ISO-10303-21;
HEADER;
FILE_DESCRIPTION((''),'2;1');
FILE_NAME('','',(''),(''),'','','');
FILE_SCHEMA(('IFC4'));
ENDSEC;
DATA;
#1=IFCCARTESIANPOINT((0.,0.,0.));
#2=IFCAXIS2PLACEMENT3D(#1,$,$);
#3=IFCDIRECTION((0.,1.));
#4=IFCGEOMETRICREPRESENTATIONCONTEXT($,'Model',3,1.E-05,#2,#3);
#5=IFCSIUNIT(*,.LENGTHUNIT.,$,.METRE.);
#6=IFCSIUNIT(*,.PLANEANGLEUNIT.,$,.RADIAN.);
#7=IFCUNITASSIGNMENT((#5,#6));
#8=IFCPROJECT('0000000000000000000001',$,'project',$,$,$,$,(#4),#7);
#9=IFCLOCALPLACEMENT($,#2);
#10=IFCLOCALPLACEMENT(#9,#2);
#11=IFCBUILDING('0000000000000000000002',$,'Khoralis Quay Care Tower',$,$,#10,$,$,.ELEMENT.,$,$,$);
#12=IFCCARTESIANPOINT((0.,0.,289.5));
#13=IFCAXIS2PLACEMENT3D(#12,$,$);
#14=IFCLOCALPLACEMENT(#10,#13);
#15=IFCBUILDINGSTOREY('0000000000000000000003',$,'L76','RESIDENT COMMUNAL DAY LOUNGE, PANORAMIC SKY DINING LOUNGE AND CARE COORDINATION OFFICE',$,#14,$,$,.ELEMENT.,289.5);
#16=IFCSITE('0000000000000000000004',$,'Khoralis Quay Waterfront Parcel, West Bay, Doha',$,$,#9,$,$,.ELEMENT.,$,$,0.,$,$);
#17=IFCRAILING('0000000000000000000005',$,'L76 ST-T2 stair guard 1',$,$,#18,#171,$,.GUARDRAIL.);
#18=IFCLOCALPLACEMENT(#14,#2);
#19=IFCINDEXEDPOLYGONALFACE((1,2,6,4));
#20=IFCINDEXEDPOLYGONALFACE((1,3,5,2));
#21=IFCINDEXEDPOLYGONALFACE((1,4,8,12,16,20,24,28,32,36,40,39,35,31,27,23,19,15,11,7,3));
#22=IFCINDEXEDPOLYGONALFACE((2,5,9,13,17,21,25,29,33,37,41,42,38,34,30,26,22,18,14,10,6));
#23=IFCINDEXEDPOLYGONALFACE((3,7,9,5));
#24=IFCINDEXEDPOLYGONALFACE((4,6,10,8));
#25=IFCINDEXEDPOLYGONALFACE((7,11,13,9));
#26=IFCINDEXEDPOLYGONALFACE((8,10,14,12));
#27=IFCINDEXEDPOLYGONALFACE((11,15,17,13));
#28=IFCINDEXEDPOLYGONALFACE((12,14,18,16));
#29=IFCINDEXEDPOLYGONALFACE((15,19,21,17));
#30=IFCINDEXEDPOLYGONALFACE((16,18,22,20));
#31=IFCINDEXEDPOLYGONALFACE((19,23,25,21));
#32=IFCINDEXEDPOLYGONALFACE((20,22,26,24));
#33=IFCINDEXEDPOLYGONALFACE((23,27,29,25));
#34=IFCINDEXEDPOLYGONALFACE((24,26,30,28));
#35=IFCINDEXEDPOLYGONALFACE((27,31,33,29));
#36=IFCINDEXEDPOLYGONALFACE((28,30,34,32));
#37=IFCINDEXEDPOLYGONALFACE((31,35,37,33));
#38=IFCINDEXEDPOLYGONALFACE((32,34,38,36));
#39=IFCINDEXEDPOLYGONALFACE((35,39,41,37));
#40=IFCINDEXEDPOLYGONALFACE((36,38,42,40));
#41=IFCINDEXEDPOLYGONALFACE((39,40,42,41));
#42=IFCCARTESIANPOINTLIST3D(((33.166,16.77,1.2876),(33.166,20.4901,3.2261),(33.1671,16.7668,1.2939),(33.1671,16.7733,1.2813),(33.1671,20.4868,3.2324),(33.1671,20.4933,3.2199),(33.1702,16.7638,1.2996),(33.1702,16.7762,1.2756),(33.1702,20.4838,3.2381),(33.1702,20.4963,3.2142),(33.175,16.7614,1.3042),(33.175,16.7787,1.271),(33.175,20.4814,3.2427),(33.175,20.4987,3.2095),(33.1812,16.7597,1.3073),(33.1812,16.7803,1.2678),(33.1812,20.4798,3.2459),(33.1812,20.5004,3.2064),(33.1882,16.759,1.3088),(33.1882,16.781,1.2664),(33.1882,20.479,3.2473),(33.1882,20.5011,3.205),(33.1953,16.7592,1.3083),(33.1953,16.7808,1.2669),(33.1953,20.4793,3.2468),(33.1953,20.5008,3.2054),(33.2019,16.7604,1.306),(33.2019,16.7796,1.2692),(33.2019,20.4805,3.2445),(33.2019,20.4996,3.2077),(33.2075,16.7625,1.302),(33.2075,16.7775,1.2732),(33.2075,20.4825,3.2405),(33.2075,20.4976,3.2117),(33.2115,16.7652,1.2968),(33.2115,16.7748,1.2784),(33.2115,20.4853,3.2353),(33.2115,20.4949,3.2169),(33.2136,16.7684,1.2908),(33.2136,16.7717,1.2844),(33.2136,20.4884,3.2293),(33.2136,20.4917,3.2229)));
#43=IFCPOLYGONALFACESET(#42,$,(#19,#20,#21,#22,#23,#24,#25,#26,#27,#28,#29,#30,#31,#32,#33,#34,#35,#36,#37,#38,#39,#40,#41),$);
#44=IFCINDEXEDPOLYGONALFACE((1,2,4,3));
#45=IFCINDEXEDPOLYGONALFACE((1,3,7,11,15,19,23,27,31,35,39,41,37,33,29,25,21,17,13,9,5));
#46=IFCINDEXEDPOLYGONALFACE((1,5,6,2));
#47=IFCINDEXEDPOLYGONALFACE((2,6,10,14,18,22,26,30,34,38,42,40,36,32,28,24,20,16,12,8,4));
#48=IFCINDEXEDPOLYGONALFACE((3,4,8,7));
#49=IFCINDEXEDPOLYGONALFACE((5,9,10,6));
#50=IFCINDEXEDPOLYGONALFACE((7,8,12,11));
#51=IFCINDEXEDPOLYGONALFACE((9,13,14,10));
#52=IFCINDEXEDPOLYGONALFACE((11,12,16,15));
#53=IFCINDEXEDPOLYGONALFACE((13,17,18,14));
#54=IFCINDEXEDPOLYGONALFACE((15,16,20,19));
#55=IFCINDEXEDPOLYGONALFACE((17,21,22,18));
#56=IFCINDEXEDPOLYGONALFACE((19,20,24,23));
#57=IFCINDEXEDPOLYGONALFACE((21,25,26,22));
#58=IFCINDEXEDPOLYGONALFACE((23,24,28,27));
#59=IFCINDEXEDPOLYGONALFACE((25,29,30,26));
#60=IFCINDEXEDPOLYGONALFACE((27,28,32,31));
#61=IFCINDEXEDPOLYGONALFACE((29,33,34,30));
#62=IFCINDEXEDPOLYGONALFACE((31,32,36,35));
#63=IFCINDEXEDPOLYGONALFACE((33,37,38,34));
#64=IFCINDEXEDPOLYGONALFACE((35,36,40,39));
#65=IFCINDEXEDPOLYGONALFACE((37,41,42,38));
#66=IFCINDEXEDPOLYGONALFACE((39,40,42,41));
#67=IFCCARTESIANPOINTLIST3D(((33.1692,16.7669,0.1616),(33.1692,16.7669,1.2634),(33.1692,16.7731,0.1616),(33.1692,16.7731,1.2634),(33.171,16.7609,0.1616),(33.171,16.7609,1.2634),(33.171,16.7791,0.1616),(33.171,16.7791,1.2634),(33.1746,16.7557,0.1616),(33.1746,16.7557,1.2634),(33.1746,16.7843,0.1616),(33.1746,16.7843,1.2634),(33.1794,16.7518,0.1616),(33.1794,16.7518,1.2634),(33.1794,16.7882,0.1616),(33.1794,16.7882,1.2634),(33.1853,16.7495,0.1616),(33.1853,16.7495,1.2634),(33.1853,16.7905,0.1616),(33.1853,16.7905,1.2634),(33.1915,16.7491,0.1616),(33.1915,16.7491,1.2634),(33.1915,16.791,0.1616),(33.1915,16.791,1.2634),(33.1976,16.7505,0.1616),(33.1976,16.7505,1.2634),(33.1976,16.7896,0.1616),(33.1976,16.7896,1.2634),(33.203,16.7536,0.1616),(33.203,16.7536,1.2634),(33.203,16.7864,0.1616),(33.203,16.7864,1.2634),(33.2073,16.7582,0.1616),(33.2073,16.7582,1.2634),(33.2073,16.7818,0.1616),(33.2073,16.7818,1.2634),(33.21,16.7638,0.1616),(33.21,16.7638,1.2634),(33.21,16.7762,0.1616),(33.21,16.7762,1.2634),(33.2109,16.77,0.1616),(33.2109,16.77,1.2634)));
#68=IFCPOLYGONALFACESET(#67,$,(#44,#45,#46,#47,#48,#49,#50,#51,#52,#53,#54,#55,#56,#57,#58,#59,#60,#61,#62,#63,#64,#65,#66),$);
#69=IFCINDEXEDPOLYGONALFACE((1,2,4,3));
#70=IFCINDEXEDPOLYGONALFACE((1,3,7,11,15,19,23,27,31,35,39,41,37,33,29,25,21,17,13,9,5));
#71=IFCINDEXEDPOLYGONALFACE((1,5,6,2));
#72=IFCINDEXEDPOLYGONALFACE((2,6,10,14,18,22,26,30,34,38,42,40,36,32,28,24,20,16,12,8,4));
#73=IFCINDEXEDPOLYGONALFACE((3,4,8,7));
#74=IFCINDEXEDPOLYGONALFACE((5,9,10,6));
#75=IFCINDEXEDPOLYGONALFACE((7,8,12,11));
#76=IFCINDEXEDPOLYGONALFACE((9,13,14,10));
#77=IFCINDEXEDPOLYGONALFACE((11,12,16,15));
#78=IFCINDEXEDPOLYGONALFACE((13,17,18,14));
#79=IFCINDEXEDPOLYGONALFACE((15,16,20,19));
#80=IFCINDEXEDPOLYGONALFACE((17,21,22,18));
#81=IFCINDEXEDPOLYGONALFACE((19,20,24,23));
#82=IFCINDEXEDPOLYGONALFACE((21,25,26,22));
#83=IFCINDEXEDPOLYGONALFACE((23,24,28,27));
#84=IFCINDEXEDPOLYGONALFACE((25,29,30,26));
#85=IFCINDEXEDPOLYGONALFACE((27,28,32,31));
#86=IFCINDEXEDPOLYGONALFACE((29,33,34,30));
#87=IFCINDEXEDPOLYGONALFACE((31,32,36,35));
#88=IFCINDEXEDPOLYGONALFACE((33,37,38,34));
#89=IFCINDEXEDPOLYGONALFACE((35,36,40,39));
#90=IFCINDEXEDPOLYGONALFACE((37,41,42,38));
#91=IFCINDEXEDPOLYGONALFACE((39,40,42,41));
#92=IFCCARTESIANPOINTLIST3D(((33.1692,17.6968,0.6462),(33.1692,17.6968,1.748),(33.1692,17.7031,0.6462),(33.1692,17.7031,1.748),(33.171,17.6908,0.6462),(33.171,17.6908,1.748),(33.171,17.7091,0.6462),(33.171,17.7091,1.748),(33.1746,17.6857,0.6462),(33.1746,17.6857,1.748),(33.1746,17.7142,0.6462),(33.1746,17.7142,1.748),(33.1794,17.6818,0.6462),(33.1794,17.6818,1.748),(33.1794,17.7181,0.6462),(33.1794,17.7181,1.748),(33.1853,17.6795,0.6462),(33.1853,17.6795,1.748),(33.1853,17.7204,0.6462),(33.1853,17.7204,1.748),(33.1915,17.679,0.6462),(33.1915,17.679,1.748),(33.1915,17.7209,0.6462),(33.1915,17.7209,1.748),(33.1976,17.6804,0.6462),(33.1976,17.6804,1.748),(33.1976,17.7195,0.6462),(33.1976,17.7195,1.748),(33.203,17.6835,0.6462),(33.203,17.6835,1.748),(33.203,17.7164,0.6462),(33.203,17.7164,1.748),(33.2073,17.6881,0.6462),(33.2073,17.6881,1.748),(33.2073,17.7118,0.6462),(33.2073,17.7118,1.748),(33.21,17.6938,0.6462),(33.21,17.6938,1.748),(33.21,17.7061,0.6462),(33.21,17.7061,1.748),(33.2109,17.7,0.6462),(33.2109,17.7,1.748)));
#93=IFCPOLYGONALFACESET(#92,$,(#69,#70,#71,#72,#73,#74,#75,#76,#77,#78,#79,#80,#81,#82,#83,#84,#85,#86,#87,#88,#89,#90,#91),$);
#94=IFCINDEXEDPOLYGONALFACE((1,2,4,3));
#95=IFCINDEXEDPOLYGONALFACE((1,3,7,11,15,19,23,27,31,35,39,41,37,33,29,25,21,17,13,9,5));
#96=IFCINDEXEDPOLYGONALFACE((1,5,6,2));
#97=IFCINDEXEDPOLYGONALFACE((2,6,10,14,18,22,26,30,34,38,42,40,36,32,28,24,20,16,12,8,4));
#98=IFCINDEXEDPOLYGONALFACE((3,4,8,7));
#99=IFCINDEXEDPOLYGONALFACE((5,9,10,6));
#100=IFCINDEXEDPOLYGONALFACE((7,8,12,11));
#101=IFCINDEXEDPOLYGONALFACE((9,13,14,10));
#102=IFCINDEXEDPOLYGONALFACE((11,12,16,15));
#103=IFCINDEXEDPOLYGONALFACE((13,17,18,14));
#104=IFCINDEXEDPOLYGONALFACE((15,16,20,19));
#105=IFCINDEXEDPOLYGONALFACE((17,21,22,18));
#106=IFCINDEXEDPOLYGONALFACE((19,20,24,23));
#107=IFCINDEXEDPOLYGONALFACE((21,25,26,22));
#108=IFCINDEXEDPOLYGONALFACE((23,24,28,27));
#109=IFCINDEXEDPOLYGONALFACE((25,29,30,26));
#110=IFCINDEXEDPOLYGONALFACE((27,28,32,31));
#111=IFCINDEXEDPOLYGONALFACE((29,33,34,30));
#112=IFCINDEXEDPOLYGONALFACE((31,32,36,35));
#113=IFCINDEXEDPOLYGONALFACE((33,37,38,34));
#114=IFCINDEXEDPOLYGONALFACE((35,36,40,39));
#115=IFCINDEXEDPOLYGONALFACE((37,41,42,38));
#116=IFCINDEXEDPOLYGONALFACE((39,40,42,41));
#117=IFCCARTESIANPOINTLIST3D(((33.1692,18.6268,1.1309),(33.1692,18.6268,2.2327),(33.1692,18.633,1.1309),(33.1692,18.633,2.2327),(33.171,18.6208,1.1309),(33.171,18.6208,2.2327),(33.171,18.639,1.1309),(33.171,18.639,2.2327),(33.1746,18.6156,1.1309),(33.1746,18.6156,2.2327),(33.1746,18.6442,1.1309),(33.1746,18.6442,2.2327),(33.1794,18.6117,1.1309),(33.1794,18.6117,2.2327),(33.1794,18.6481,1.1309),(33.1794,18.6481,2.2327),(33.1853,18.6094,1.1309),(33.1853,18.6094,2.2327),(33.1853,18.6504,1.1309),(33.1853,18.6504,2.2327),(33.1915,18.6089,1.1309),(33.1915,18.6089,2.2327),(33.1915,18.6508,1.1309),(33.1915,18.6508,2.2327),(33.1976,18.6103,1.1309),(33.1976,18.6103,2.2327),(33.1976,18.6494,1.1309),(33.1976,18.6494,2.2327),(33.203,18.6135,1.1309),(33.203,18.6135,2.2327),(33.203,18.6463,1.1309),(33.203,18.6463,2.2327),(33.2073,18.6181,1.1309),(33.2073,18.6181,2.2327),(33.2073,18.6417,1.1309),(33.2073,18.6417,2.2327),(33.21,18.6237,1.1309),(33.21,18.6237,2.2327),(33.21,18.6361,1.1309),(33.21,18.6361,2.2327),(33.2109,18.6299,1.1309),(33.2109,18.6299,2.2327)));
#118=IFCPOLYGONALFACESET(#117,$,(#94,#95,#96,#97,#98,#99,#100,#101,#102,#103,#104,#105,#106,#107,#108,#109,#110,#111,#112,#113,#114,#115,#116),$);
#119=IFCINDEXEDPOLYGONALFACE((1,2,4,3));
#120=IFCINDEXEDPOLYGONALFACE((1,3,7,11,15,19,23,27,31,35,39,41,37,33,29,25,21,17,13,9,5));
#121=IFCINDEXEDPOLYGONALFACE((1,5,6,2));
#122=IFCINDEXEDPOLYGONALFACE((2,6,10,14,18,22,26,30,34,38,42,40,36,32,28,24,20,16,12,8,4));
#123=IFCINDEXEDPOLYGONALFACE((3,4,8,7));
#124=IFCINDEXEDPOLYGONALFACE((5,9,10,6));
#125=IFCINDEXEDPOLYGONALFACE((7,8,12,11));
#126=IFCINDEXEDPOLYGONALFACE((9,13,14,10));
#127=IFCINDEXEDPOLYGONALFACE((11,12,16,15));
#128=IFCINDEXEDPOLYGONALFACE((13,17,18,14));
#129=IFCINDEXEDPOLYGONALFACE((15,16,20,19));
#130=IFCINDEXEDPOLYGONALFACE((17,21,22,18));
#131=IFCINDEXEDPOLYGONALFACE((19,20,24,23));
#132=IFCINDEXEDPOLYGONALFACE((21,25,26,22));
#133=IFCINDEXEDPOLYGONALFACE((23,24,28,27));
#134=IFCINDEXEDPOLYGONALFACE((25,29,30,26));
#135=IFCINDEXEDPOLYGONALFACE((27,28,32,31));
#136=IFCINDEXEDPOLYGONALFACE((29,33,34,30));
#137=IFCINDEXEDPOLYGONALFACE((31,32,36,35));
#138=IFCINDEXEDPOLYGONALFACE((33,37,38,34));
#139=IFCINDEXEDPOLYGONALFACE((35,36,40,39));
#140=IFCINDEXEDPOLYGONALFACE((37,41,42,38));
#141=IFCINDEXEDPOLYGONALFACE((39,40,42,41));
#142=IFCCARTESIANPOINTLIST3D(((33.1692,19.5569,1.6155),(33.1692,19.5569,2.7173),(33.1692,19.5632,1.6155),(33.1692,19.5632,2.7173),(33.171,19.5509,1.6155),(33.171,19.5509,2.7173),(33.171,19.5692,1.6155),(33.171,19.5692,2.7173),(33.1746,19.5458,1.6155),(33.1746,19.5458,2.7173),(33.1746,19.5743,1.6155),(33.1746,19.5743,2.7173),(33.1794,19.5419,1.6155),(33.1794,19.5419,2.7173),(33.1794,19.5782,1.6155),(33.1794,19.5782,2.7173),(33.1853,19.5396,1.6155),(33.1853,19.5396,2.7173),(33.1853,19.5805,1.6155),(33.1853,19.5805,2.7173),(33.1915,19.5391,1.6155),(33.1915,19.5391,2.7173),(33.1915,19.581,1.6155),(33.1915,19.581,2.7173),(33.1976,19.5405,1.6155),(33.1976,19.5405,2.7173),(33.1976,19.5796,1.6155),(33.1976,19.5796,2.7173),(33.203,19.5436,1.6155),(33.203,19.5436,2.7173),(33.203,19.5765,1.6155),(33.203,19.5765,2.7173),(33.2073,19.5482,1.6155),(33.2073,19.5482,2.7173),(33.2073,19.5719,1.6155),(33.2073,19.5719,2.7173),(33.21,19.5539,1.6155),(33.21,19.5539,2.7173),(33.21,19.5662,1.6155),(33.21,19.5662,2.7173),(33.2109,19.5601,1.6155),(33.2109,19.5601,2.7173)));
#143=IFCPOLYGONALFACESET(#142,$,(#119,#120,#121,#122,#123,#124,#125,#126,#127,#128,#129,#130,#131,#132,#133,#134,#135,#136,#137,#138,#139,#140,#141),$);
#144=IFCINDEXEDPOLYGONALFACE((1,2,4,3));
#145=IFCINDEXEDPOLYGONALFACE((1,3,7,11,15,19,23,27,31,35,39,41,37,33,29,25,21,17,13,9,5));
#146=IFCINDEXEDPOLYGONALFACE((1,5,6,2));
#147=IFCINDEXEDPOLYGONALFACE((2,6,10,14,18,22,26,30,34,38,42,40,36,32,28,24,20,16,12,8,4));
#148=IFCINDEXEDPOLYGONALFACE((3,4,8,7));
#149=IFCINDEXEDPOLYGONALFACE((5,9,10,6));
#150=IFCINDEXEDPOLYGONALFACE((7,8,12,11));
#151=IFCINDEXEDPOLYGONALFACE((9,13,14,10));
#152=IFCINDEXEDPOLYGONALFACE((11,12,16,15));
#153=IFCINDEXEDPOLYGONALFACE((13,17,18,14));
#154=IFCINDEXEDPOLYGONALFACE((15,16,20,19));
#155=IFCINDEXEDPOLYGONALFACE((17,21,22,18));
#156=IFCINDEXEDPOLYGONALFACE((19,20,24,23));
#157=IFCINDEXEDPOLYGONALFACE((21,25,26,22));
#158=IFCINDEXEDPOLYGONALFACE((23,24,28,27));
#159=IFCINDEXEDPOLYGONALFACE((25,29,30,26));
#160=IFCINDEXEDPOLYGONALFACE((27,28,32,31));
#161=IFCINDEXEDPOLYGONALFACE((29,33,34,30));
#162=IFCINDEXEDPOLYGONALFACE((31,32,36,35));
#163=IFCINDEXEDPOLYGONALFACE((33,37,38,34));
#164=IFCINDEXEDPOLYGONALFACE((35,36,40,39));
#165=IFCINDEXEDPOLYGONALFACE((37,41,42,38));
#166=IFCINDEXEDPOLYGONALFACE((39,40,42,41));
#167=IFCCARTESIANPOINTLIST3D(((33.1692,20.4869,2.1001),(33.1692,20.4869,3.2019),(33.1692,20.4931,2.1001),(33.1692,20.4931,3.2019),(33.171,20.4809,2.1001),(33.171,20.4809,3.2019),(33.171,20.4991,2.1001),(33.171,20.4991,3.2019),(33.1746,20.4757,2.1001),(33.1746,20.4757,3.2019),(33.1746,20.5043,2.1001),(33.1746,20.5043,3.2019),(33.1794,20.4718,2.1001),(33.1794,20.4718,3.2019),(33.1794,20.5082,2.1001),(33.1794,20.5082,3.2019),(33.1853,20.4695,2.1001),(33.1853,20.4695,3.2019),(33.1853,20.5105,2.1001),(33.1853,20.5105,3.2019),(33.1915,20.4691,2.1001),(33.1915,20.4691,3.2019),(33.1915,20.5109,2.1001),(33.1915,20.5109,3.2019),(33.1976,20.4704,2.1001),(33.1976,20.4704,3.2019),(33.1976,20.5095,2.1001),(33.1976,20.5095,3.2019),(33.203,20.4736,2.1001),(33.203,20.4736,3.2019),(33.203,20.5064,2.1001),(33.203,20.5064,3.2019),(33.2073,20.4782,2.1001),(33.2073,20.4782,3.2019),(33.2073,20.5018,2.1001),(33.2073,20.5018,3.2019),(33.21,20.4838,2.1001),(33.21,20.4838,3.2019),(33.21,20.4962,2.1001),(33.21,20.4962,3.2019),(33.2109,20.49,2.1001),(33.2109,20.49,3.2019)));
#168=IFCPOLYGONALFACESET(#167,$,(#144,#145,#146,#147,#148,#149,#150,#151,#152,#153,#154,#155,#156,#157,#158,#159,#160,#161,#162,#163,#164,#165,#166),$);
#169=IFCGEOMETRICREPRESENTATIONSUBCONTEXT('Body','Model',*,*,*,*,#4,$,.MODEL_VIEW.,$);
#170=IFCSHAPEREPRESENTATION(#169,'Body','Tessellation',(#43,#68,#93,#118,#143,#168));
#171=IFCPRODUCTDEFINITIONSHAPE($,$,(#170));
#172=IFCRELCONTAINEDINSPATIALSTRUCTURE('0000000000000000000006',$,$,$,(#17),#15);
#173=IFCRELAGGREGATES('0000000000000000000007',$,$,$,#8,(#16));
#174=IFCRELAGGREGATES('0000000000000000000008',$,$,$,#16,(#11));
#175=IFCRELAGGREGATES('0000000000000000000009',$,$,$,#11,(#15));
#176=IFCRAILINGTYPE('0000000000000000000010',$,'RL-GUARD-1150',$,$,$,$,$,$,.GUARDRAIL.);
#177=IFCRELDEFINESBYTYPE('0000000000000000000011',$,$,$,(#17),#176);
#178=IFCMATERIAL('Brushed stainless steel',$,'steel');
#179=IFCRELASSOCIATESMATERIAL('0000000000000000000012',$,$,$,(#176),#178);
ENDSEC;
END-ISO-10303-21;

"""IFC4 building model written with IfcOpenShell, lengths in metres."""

from ifc_helpers import new_model, si_unit, direction, frame, origin, origin_2d, place, context, subcontext, project, spatial, circle, extrude, material, type_object, element, save


model = new_model("IFC4")

# Units and contexts
model_context = context("Model", 3, precision=1e-05, world=origin(), true_north=direction((0.0, 1.0)))
body_context = subcontext(model_context, "Body", "Model", "MODEL_VIEW")
ifc_project = project(units=[si_unit("LENGTHUNIT", "METRE"), si_unit("PLANEANGLEUNIT", "RADIAN")], contexts=[model_context])

# Site, building, storey
site_placement = place(None, origin())
site = spatial("IfcSite", under=ifc_project, at=site_placement, Name="Khoralis Quay Waterfront Parcel, West Bay, Doha", CompositionType="ELEMENT", RefElevation=0.0)
building_placement = place(site_placement, origin())
building = spatial("IfcBuilding", under=site, at=building_placement, Name="Khoralis Quay Care Tower", CompositionType="ELEMENT")
storey_placement = place(building_placement, frame((0.0, 0.0, 289.5)))
storey = spatial("IfcBuildingStorey", under=building, at=storey_placement, Name="L76", Description="RESIDENT COMMUNAL DAY LOUNGE, PANORAMIC SKY DINING LOUNGE AND CARE COORDINATION OFFICE", CompositionType="ELEMENT", Elevation=289.5)

# Railing
ifc_material_1 = material(Name="Brushed stainless steel", Category="steel")
railing_type_1 = type_object("IfcRailingType", Name="RL-GUARD-1150", PredefinedType="GUARDRAIL", material=ifc_material_1)
railing_1_placement = place(storey_placement, frame((33.1899, 16.77, 0.1616)))
element("IfcRailing", 1, at=railing_1_placement, inside=storey, type_object=railing_type_1, Name="L76 ST-T2 stair guard 1", PredefinedType="GUARDRAIL", context=body_context, shape_type="SweptSolid", body=[
    extrude(circle(Radius=0.0239, at=origin_2d()), frame((0.0, 0.0, 1.126), z_axis=(0.0, 0.886817, 0.46212), x_axis=(-1.0, 0.0, 0.0)), (0.0, 0.0, 1.0), 4.1948),
    extrude(circle(Radius=0.021, at=origin_2d()), origin(), (0.0, 0.0, 1.0), 1.1018),
    extrude(circle(Radius=0.021, at=origin_2d()), frame((0.0, 0.9299, 0.4846)), (0.0, 0.0, 1.0), 1.1018),
    extrude(circle(Radius=0.021, at=origin_2d()), frame((0.0, 1.8599, 0.9692)), (0.0, 0.0, 1.0), 1.1018),
    extrude(circle(Radius=0.021, at=origin_2d()), frame((0.0, 2.79, 1.4539)), (0.0, 0.0, 1.0), 1.1018),
    extrude(circle(Radius=0.021, at=origin_2d()), frame((0.0, 3.72, 1.9385)), (0.0, 0.0, 1.0), 1.1018),
])

save(model, "model.ifc")
